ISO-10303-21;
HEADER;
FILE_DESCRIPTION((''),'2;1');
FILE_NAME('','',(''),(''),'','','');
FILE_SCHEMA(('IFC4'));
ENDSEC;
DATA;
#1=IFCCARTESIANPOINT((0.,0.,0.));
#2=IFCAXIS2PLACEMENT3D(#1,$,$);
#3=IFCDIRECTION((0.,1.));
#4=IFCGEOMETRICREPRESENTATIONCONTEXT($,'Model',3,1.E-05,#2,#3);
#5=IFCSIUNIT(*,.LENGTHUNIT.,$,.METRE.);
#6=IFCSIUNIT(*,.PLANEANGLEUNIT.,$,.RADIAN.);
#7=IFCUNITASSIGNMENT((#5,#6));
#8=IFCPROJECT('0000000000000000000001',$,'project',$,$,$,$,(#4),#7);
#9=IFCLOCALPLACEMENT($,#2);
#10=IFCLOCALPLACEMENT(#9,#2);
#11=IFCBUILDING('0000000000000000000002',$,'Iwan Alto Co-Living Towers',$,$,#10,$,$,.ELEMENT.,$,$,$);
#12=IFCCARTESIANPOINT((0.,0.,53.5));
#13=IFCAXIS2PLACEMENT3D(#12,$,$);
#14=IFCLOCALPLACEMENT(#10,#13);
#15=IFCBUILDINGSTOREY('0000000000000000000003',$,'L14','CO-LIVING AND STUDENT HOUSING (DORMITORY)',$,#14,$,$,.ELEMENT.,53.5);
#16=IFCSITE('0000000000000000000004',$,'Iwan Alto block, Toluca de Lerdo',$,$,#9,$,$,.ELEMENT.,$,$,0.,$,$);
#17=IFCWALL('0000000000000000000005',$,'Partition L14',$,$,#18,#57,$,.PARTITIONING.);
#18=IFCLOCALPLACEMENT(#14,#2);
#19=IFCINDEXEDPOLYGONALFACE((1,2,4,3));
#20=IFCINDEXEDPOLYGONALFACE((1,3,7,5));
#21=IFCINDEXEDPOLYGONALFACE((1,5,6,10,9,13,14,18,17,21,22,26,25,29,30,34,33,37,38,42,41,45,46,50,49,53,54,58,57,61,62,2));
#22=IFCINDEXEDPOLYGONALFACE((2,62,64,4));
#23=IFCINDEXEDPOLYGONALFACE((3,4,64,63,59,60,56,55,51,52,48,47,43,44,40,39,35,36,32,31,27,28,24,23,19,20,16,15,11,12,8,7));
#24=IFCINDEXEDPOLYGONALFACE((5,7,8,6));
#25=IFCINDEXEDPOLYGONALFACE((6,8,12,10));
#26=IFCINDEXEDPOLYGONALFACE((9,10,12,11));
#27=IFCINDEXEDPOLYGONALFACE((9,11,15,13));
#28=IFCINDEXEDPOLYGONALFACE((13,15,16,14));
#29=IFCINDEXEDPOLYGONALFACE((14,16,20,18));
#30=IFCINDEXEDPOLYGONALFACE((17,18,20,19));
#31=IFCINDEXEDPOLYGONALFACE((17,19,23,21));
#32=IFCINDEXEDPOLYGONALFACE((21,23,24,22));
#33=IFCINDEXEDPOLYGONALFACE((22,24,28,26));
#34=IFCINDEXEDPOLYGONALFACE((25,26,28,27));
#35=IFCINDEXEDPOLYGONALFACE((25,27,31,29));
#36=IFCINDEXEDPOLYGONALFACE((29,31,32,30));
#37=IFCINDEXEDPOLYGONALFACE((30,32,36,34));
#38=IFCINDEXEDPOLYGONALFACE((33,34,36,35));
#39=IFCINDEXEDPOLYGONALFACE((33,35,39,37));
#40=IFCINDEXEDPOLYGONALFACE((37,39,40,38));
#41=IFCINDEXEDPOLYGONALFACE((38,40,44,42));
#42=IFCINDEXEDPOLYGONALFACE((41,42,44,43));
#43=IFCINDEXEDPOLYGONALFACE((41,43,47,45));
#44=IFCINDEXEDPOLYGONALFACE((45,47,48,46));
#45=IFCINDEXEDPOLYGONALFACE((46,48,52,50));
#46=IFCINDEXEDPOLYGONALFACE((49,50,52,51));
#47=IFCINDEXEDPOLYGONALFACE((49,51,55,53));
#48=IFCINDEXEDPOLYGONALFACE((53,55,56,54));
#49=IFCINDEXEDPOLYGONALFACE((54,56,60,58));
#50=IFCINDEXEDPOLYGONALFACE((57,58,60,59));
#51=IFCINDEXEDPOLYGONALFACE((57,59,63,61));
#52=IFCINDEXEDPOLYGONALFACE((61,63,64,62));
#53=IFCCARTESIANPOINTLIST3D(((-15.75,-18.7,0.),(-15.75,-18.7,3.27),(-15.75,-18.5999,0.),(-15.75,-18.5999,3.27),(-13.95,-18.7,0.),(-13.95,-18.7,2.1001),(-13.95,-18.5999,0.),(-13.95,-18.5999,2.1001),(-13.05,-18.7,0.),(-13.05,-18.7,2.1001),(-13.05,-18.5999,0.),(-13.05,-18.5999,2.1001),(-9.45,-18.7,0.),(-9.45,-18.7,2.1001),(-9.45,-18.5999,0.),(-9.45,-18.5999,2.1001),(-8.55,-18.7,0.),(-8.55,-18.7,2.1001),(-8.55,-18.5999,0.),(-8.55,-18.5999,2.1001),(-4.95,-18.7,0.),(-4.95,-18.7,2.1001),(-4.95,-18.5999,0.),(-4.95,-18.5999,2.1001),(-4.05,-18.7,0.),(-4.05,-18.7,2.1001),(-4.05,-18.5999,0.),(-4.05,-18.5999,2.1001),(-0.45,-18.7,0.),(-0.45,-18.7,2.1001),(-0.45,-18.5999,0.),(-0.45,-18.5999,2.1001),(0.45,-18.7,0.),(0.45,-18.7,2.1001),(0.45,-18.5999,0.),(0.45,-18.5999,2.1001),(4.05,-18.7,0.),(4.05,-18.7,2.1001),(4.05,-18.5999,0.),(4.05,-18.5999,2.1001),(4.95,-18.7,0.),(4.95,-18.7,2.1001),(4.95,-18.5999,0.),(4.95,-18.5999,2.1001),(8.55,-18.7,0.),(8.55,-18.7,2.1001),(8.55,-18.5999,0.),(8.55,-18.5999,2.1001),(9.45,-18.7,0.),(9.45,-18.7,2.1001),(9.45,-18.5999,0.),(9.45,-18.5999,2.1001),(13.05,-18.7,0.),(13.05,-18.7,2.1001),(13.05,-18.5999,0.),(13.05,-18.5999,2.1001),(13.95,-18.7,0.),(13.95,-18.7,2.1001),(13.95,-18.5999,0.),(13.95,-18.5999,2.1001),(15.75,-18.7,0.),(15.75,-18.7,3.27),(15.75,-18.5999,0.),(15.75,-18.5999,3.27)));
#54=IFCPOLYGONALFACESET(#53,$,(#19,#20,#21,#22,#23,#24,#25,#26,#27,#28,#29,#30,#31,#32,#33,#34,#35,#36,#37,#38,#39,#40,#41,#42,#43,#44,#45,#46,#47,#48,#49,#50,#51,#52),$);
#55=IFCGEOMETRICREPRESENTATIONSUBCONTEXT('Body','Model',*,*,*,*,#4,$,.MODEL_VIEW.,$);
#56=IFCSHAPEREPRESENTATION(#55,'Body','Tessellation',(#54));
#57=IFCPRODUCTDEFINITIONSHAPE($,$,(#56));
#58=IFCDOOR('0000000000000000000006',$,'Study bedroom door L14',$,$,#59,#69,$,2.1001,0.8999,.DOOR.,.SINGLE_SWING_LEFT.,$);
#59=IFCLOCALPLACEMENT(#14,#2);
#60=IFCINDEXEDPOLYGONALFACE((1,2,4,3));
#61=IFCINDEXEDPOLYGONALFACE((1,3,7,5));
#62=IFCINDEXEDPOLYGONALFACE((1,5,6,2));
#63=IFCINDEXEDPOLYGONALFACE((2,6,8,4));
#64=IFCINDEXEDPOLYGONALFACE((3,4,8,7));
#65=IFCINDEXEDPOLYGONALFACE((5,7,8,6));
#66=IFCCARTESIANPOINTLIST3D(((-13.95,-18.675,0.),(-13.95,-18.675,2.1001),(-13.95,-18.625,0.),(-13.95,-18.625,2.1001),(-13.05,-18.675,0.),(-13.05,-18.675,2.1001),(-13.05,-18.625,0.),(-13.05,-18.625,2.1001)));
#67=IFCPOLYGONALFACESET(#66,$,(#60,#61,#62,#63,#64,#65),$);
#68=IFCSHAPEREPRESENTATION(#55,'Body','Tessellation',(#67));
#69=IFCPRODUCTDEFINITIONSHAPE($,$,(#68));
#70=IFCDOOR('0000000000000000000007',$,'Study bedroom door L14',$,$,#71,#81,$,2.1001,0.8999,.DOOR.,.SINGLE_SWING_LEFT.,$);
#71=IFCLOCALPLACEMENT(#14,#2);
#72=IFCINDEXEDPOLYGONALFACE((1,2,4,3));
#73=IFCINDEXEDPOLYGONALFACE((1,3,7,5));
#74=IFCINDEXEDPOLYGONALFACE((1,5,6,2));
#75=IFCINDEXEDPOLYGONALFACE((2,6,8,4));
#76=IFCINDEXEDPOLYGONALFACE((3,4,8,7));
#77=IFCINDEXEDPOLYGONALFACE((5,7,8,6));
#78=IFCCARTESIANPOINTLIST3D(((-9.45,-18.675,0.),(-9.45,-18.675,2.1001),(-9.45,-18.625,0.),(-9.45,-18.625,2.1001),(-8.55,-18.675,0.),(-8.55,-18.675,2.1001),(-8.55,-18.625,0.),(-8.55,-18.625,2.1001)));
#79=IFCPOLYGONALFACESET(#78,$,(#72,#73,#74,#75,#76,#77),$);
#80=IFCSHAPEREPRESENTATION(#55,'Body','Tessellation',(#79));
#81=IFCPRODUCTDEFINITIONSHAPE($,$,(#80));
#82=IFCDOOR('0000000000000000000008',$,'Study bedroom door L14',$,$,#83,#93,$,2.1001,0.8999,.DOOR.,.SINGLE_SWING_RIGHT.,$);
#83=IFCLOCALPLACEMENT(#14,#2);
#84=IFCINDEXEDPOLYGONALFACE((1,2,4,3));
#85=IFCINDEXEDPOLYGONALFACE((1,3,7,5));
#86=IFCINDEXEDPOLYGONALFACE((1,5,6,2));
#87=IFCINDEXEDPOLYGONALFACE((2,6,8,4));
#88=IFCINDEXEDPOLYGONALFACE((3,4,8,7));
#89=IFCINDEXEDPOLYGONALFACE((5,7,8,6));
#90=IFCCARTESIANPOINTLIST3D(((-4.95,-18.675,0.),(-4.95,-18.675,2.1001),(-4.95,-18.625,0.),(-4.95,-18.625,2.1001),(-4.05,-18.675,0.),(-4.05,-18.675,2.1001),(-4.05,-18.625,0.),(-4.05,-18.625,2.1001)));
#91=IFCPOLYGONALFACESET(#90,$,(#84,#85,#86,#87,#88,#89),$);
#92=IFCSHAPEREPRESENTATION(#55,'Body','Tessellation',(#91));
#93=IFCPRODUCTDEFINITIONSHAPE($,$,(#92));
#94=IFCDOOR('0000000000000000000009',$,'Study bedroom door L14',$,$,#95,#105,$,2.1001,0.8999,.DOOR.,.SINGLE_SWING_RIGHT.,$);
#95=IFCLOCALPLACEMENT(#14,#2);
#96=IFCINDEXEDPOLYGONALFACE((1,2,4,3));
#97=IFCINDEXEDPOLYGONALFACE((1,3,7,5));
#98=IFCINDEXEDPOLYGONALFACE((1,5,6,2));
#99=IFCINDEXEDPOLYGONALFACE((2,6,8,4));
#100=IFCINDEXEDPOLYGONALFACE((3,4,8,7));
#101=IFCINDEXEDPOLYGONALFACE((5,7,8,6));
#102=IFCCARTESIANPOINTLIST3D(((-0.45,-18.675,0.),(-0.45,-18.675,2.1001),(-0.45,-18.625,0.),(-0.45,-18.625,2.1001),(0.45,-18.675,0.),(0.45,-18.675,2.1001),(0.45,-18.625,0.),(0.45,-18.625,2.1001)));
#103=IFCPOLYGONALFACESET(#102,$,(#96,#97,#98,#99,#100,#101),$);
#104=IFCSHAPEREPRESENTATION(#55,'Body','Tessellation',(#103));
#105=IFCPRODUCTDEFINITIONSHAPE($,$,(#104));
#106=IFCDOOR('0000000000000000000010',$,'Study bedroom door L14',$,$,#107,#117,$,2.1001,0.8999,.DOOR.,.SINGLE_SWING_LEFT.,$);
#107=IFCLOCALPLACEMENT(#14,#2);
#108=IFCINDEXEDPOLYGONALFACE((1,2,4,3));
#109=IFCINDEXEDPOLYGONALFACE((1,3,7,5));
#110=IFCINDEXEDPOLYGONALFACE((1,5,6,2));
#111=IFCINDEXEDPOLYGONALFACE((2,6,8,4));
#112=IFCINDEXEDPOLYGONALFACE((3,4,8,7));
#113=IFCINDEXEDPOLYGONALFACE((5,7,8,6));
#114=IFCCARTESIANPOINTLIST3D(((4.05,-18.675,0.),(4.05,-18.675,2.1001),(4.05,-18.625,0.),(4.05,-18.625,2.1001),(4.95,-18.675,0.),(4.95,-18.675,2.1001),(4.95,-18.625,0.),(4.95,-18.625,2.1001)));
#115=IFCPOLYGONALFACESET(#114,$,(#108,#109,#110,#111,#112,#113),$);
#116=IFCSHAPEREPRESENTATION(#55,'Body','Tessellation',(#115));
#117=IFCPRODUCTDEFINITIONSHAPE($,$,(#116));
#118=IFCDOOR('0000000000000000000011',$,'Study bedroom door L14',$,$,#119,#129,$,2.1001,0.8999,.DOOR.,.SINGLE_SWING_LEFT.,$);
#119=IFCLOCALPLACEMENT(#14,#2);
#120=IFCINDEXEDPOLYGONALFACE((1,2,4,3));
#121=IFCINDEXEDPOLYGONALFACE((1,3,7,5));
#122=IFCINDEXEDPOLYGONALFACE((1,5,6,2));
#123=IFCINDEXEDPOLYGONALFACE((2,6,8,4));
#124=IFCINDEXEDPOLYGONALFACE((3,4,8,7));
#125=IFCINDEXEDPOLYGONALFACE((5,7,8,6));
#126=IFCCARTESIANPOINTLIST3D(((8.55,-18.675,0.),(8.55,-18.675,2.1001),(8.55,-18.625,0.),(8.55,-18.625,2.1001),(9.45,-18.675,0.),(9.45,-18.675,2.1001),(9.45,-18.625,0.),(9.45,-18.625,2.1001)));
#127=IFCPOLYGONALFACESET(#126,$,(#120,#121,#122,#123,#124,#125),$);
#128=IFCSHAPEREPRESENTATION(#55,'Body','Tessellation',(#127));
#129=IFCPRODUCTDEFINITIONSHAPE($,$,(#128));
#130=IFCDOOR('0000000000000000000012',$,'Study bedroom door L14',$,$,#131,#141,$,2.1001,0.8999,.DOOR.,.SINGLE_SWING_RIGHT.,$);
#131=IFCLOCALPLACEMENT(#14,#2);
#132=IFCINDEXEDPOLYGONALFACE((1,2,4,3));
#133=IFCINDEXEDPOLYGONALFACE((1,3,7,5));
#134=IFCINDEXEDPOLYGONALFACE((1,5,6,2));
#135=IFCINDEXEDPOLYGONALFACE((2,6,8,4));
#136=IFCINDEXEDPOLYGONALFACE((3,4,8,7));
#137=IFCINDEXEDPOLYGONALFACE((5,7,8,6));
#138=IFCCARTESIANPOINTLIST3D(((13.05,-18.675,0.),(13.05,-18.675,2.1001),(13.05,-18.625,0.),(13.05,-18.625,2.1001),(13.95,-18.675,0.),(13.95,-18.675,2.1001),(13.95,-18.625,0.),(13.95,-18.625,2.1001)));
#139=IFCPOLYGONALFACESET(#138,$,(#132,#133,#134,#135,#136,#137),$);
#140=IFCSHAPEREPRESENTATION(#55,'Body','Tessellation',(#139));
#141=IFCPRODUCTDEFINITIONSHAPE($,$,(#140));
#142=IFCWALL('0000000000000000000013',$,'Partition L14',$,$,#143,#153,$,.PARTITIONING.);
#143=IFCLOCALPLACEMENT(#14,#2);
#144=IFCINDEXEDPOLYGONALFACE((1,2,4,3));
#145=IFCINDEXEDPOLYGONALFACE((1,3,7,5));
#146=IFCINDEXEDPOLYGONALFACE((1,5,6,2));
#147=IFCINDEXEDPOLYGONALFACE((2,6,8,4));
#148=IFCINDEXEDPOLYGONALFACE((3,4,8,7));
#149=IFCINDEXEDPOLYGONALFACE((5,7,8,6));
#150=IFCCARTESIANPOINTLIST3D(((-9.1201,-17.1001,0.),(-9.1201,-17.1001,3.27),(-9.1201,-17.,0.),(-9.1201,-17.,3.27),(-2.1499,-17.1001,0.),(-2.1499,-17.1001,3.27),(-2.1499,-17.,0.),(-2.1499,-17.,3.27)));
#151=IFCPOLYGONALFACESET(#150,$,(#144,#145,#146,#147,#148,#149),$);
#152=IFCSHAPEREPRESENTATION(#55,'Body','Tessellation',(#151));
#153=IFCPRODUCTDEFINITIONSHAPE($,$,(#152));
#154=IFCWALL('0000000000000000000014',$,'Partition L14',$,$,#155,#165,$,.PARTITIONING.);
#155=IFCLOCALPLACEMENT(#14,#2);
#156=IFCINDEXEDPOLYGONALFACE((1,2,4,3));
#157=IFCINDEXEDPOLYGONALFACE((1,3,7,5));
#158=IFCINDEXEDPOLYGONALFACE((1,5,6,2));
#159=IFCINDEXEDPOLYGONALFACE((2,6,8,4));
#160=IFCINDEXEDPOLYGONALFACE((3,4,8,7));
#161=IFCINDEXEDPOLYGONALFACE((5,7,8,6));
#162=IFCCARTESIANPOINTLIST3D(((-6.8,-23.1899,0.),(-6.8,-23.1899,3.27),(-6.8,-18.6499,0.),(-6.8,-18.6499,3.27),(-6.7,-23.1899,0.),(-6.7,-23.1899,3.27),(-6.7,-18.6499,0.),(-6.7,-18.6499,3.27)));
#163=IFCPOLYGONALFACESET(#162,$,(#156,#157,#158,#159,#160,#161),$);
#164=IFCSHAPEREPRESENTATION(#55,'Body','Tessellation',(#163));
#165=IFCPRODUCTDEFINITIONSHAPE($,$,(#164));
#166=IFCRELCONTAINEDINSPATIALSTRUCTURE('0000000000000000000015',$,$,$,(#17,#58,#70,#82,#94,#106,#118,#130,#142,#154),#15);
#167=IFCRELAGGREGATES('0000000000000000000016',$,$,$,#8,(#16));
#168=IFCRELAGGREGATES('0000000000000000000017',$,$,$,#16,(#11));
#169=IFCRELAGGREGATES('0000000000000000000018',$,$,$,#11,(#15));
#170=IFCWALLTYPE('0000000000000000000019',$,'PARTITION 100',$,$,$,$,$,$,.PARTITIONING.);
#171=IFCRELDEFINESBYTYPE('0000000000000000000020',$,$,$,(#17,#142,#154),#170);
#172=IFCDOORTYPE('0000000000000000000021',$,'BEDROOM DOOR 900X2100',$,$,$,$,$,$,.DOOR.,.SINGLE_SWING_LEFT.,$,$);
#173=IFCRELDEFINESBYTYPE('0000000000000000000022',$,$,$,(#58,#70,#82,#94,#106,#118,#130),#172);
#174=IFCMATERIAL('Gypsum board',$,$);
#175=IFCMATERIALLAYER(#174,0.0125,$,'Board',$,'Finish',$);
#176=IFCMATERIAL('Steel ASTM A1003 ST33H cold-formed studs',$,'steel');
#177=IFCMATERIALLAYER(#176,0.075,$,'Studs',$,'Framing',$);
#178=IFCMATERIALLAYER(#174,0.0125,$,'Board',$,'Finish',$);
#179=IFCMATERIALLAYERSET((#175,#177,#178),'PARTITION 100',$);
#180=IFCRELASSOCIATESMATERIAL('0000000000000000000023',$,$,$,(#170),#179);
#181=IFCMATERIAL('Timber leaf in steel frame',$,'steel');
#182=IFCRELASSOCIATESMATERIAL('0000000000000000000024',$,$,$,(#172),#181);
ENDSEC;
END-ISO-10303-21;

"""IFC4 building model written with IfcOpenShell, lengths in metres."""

from ifc_helpers import new_model, si_unit, direction, frame, frame_2d, origin, place, context, subcontext, project, spatial, rectangle, extrude, material, layer, layer_set, type_object, element, fill, save


model = new_model("IFC4")

# Units and contexts
model_context = context("Model", 3, precision=1e-05, world=origin(), true_north=direction((0.0, 1.0)))
body_context = subcontext(model_context, "Body", "Model", "MODEL_VIEW")
ifc_project = project(units=[si_unit("LENGTHUNIT", "METRE"), si_unit("PLANEANGLEUNIT", "RADIAN")], contexts=[model_context])

# Site, building, storey
site_placement = place(None, origin())
site = spatial("IfcSite", under=ifc_project, at=site_placement, Name="Iwan Alto block, Toluca de Lerdo", CompositionType="ELEMENT", RefElevation=0.0)
building_placement = place(site_placement, origin())
building = spatial("IfcBuilding", under=site, at=building_placement, Name="Iwan Alto Co-Living Towers", CompositionType="ELEMENT")
storey_placement = place(building_placement, frame((0.0, 0.0, 53.5)))
storey = spatial("IfcBuildingStorey", under=building, at=storey_placement, Name="L14", Description="CO-LIVING AND STUDENT HOUSING (DORMITORY)", CompositionType="ELEMENT", Elevation=53.5)

# Wall, openings, doors
ifc_material_1 = material(Name="Gypsum board")
ifc_layer_1 = layer(ifc_material_1, 0.0125, Name="Board", Category="Finish")
ifc_material_2 = material(Name="Steel ASTM A1003 ST33H cold-formed studs", Category="steel")
ifc_layer_2 = layer(ifc_material_2, 0.075, Name="Studs", Category="Framing")
ifc_layer_3 = layer(ifc_material_1, 0.0125, Name="Board", Category="Finish")
ifc_layer_set_1 = layer_set([ifc_layer_1, ifc_layer_2, ifc_layer_3], Name="PARTITION 100")
wall_type = type_object("IfcWallType", Name="PARTITION 100", PredefinedType="PARTITIONING", material=ifc_layer_set_1)
wall_1_placement = place(storey_placement, frame((-15.75, -18.6499, 0.0), z_axis=(0.0, 0.0, 1.0), x_axis=(1.0, 0.0, 0.0)))
wall_1 = element("IfcWall", 1, at=wall_1_placement, inside=storey, type_object=wall_type, Name="Partition L14", PredefinedType="PARTITIONING", context=body_context, shape_type="SweptSolid", body=[
    extrude(rectangle(XDim=31.5, YDim=0.1001, at=frame_2d((15.75, 0.0))), origin(), (0.0, 0.0, 1.0), 3.27),
])
opening_1_placement = place(wall_1_placement, frame((1.8, 0.0, 0.0)))
opening_1 = element("IfcOpeningElement", 2, at=opening_1_placement, cuts=wall_1, PredefinedType="OPENING", context=body_context, shape_type="SweptSolid", body=[
    extrude(rectangle(XDim=0.8999, YDim=2.1001, at=frame_2d((0.45, 1.05))), frame((0.0, 0.0601, 0.0), z_axis=(0.0, -1.0, 0.0), x_axis=(1.0, 0.0, 0.0)), (0.0, 0.0, 1.0), 0.1201),
])
opening_2_placement = place(wall_1_placement, frame((6.3, 0.0, 0.0)))
opening_2 = element("IfcOpeningElement", 3, at=opening_2_placement, cuts=wall_1, PredefinedType="OPENING", context=body_context, shape_type="SweptSolid", body=[
    extrude(rectangle(XDim=0.8999, YDim=2.1001, at=frame_2d((0.45, 1.05))), frame((0.0, 0.0601, 0.0), z_axis=(0.0, -1.0, 0.0), x_axis=(1.0, 0.0, 0.0)), (0.0, 0.0, 1.0), 0.1201),
])
opening_3_placement = place(wall_1_placement, frame((10.8, 0.0, 0.0)))
opening_3 = element("IfcOpeningElement", 4, at=opening_3_placement, cuts=wall_1, PredefinedType="OPENING", context=body_context, shape_type="SweptSolid", body=[
    extrude(rectangle(XDim=0.8999, YDim=2.1001, at=frame_2d((0.45, 1.05))), frame((0.0, 0.0601, 0.0), z_axis=(0.0, -1.0, 0.0), x_axis=(1.0, 0.0, 0.0)), (0.0, 0.0, 1.0), 0.1201),
])
opening_4_placement = place(wall_1_placement, frame((15.3, 0.0, 0.0)))
opening_4 = element("IfcOpeningElement", 5, at=opening_4_placement, cuts=wall_1, PredefinedType="OPENING", context=body_context, shape_type="SweptSolid", body=[
    extrude(rectangle(XDim=0.8999, YDim=2.1001, at=frame_2d((0.45, 1.05))), frame((0.0, 0.0601, 0.0), z_axis=(0.0, -1.0, 0.0), x_axis=(1.0, 0.0, 0.0)), (0.0, 0.0, 1.0), 0.1201),
])
opening_5_placement = place(wall_1_placement, frame((19.8, 0.0, 0.0)))
opening_5 = element("IfcOpeningElement", 6, at=opening_5_placement, cuts=wall_1, PredefinedType="OPENING", context=body_context, shape_type="SweptSolid", body=[
    extrude(rectangle(XDim=0.8999, YDim=2.1001, at=frame_2d((0.45, 1.05))), frame((0.0, 0.0601, 0.0), z_axis=(0.0, -1.0, 0.0), x_axis=(1.0, 0.0, 0.0)), (0.0, 0.0, 1.0), 0.1201),
])
opening_6_placement = place(wall_1_placement, frame((24.3, 0.0, 0.0)))
opening_6 = element("IfcOpeningElement", 7, at=opening_6_placement, cuts=wall_1, PredefinedType="OPENING", context=body_context, shape_type="SweptSolid", body=[
    extrude(rectangle(XDim=0.8999, YDim=2.1001, at=frame_2d((0.45, 1.05))), frame((0.0, 0.0601, 0.0), z_axis=(0.0, -1.0, 0.0), x_axis=(1.0, 0.0, 0.0)), (0.0, 0.0, 1.0), 0.1201),
])
opening_7_placement = place(wall_1_placement, frame((28.8, 0.0, 0.0)))
opening_7 = element("IfcOpeningElement", 8, at=opening_7_placement, cuts=wall_1, PredefinedType="OPENING", context=body_context, shape_type="SweptSolid", body=[
    extrude(rectangle(XDim=0.8999, YDim=2.1001, at=frame_2d((0.45, 1.05))), frame((0.0, 0.0601, 0.0), z_axis=(0.0, -1.0, 0.0), x_axis=(1.0, 0.0, 0.0)), (0.0, 0.0, 1.0), 0.1201),
])
ifc_material_3 = material(Name="Timber leaf in steel frame", Category="steel")
door_type_1 = type_object("IfcDoorType", Name="BEDROOM DOOR 900X2100", OperationType="SINGLE_SWING_LEFT", PredefinedType="DOOR", material=ifc_material_3)
door_1_placement = place(opening_1_placement, origin())
door_1 = element("IfcDoor", 9, at=door_1_placement, inside=storey, type_object=door_type_1, Name="Study bedroom door L14", OperationType="SINGLE_SWING_LEFT", OverallHeight=2.1001, OverallWidth=0.8999, PredefinedType="DOOR", context=body_context, shape_type="SweptSolid", body=[
    extrude(rectangle(XDim=0.8999, YDim=2.1001, at=frame_2d((0.45, 1.05))), frame((0.0, 0.0249, 0.0), z_axis=(0.0, -1.0, 0.0), x_axis=(1.0, 0.0, 0.0)), (0.0, 0.0, 1.0), 0.05),
])
fill(opening_1, door_1)
door_2_placement = place(opening_2_placement, origin())
door_2 = element("IfcDoor", 10, at=door_2_placement, inside=storey, type_object=door_type_1, Name="Study bedroom door L14", OperationType="SINGLE_SWING_LEFT", OverallHeight=2.1001, OverallWidth=0.8999, PredefinedType="DOOR", context=body_context, shape_type="SweptSolid", body=[
    extrude(rectangle(XDim=0.8999, YDim=2.1001, at=frame_2d((0.45, 1.05))), frame((0.0, 0.0249, 0.0), z_axis=(0.0, -1.0, 0.0), x_axis=(1.0, 0.0, 0.0)), (0.0, 0.0, 1.0), 0.05),
])
fill(opening_2, door_2)
door_3_placement = place(opening_3_placement, origin())
door_3 = element("IfcDoor", 11, at=door_3_placement, inside=storey, type_object=door_type_1, Name="Study bedroom door L14", OperationType="SINGLE_SWING_RIGHT", OverallHeight=2.1001, OverallWidth=0.8999, PredefinedType="DOOR", context=body_context, shape_type="SweptSolid", body=[
    extrude(rectangle(XDim=0.8999, YDim=2.1001, at=frame_2d((0.45, 1.05))), frame((0.0, 0.0249, 0.0), z_axis=(0.0, -1.0, 0.0), x_axis=(1.0, 0.0, 0.0)), (0.0, 0.0, 1.0), 0.05),
])
fill(opening_3, door_3)
door_4_placement = place(opening_4_placement, origin())
door_4 = element("IfcDoor", 12, at=door_4_placement, inside=storey, type_object=door_type_1, Name="Study bedroom door L14", OperationType="SINGLE_SWING_RIGHT", OverallHeight=2.1001, OverallWidth=0.8999, PredefinedType="DOOR", context=body_context, shape_type="SweptSolid", body=[
    extrude(rectangle(XDim=0.8999, YDim=2.1001, at=frame_2d((0.45, 1.05))), frame((0.0, 0.0249, 0.0), z_axis=(0.0, -1.0, 0.0), x_axis=(1.0, 0.0, 0.0)), (0.0, 0.0, 1.0), 0.05),
])
fill(opening_4, door_4)
door_5_placement = place(opening_5_placement, origin())
door_5 = element("IfcDoor", 13, at=door_5_placement, inside=storey, type_object=door_type_1, Name="Study bedroom door L14", OperationType="SINGLE_SWING_LEFT", OverallHeight=2.1001, OverallWidth=0.8999, PredefinedType="DOOR", context=body_context, shape_type="SweptSolid", body=[
    extrude(rectangle(XDim=0.8999, YDim=2.1001, at=frame_2d((0.45, 1.05))), frame((0.0, 0.0249, 0.0), z_axis=(0.0, -1.0, 0.0), x_axis=(1.0, 0.0, 0.0)), (0.0, 0.0, 1.0), 0.05),
])
fill(opening_5, door_5)
door_6_placement = place(opening_6_placement, origin())
door_6 = element("IfcDoor", 14, at=door_6_placement, inside=storey, type_object=door_type_1, Name="Study bedroom door L14", OperationType="SINGLE_SWING_LEFT", OverallHeight=2.1001, OverallWidth=0.8999, PredefinedType="DOOR", context=body_context, shape_type="SweptSolid", body=[
    extrude(rectangle(XDim=0.8999, YDim=2.1001, at=frame_2d((0.45, 1.05))), frame((0.0, 0.0249, 0.0), z_axis=(0.0, -1.0, 0.0), x_axis=(1.0, 0.0, 0.0)), (0.0, 0.0, 1.0), 0.05),
])
fill(opening_6, door_6)
door_7_placement = place(opening_7_placement, origin())
door_7 = element("IfcDoor", 15, at=door_7_placement, inside=storey, type_object=door_type_1, Name="Study bedroom door L14", OperationType="SINGLE_SWING_RIGHT", OverallHeight=2.1001, OverallWidth=0.8999, PredefinedType="DOOR", context=body_context, shape_type="SweptSolid", body=[
    extrude(rectangle(XDim=0.8999, YDim=2.1001, at=frame_2d((0.45, 1.05))), frame((0.0, 0.0249, 0.0), z_axis=(0.0, -1.0, 0.0), x_axis=(1.0, 0.0, 0.0)), (0.0, 0.0, 1.0), 0.05),
])
fill(opening_7, door_7)

# Walls
wall_2_placement = place(storey_placement, frame((-9.1201, -17.05, 0.0), z_axis=(0.0, 0.0, 1.0), x_axis=(1.0, 0.0, 0.0)))
element("IfcWall", 16, at=wall_2_placement, inside=storey, type_object=wall_type, Name="Partition L14", PredefinedType="PARTITIONING", context=body_context, shape_type="SweptSolid", body=[
    extrude(rectangle(XDim=6.9702, YDim=0.1001, at=frame_2d((3.4851, 0.0))), origin(), (0.0, 0.0, 1.0), 3.27),
])
wall_3_placement = place(storey_placement, frame((-6.75, -23.1899, 0.0), z_axis=(0.0, 0.0, 1.0), x_axis=(0.0, 1.0, 0.0)))
element("IfcWall", 17, at=wall_3_placement, inside=storey, type_object=wall_type, Name="Partition L14", PredefinedType="PARTITIONING", context=body_context, shape_type="SweptSolid", body=[
    extrude(rectangle(XDim=4.54, YDim=0.1001, at=frame_2d((2.27, 0.0))), origin(), (0.0, 0.0, 1.0), 3.27),
])

save(model, "model.ifc")
